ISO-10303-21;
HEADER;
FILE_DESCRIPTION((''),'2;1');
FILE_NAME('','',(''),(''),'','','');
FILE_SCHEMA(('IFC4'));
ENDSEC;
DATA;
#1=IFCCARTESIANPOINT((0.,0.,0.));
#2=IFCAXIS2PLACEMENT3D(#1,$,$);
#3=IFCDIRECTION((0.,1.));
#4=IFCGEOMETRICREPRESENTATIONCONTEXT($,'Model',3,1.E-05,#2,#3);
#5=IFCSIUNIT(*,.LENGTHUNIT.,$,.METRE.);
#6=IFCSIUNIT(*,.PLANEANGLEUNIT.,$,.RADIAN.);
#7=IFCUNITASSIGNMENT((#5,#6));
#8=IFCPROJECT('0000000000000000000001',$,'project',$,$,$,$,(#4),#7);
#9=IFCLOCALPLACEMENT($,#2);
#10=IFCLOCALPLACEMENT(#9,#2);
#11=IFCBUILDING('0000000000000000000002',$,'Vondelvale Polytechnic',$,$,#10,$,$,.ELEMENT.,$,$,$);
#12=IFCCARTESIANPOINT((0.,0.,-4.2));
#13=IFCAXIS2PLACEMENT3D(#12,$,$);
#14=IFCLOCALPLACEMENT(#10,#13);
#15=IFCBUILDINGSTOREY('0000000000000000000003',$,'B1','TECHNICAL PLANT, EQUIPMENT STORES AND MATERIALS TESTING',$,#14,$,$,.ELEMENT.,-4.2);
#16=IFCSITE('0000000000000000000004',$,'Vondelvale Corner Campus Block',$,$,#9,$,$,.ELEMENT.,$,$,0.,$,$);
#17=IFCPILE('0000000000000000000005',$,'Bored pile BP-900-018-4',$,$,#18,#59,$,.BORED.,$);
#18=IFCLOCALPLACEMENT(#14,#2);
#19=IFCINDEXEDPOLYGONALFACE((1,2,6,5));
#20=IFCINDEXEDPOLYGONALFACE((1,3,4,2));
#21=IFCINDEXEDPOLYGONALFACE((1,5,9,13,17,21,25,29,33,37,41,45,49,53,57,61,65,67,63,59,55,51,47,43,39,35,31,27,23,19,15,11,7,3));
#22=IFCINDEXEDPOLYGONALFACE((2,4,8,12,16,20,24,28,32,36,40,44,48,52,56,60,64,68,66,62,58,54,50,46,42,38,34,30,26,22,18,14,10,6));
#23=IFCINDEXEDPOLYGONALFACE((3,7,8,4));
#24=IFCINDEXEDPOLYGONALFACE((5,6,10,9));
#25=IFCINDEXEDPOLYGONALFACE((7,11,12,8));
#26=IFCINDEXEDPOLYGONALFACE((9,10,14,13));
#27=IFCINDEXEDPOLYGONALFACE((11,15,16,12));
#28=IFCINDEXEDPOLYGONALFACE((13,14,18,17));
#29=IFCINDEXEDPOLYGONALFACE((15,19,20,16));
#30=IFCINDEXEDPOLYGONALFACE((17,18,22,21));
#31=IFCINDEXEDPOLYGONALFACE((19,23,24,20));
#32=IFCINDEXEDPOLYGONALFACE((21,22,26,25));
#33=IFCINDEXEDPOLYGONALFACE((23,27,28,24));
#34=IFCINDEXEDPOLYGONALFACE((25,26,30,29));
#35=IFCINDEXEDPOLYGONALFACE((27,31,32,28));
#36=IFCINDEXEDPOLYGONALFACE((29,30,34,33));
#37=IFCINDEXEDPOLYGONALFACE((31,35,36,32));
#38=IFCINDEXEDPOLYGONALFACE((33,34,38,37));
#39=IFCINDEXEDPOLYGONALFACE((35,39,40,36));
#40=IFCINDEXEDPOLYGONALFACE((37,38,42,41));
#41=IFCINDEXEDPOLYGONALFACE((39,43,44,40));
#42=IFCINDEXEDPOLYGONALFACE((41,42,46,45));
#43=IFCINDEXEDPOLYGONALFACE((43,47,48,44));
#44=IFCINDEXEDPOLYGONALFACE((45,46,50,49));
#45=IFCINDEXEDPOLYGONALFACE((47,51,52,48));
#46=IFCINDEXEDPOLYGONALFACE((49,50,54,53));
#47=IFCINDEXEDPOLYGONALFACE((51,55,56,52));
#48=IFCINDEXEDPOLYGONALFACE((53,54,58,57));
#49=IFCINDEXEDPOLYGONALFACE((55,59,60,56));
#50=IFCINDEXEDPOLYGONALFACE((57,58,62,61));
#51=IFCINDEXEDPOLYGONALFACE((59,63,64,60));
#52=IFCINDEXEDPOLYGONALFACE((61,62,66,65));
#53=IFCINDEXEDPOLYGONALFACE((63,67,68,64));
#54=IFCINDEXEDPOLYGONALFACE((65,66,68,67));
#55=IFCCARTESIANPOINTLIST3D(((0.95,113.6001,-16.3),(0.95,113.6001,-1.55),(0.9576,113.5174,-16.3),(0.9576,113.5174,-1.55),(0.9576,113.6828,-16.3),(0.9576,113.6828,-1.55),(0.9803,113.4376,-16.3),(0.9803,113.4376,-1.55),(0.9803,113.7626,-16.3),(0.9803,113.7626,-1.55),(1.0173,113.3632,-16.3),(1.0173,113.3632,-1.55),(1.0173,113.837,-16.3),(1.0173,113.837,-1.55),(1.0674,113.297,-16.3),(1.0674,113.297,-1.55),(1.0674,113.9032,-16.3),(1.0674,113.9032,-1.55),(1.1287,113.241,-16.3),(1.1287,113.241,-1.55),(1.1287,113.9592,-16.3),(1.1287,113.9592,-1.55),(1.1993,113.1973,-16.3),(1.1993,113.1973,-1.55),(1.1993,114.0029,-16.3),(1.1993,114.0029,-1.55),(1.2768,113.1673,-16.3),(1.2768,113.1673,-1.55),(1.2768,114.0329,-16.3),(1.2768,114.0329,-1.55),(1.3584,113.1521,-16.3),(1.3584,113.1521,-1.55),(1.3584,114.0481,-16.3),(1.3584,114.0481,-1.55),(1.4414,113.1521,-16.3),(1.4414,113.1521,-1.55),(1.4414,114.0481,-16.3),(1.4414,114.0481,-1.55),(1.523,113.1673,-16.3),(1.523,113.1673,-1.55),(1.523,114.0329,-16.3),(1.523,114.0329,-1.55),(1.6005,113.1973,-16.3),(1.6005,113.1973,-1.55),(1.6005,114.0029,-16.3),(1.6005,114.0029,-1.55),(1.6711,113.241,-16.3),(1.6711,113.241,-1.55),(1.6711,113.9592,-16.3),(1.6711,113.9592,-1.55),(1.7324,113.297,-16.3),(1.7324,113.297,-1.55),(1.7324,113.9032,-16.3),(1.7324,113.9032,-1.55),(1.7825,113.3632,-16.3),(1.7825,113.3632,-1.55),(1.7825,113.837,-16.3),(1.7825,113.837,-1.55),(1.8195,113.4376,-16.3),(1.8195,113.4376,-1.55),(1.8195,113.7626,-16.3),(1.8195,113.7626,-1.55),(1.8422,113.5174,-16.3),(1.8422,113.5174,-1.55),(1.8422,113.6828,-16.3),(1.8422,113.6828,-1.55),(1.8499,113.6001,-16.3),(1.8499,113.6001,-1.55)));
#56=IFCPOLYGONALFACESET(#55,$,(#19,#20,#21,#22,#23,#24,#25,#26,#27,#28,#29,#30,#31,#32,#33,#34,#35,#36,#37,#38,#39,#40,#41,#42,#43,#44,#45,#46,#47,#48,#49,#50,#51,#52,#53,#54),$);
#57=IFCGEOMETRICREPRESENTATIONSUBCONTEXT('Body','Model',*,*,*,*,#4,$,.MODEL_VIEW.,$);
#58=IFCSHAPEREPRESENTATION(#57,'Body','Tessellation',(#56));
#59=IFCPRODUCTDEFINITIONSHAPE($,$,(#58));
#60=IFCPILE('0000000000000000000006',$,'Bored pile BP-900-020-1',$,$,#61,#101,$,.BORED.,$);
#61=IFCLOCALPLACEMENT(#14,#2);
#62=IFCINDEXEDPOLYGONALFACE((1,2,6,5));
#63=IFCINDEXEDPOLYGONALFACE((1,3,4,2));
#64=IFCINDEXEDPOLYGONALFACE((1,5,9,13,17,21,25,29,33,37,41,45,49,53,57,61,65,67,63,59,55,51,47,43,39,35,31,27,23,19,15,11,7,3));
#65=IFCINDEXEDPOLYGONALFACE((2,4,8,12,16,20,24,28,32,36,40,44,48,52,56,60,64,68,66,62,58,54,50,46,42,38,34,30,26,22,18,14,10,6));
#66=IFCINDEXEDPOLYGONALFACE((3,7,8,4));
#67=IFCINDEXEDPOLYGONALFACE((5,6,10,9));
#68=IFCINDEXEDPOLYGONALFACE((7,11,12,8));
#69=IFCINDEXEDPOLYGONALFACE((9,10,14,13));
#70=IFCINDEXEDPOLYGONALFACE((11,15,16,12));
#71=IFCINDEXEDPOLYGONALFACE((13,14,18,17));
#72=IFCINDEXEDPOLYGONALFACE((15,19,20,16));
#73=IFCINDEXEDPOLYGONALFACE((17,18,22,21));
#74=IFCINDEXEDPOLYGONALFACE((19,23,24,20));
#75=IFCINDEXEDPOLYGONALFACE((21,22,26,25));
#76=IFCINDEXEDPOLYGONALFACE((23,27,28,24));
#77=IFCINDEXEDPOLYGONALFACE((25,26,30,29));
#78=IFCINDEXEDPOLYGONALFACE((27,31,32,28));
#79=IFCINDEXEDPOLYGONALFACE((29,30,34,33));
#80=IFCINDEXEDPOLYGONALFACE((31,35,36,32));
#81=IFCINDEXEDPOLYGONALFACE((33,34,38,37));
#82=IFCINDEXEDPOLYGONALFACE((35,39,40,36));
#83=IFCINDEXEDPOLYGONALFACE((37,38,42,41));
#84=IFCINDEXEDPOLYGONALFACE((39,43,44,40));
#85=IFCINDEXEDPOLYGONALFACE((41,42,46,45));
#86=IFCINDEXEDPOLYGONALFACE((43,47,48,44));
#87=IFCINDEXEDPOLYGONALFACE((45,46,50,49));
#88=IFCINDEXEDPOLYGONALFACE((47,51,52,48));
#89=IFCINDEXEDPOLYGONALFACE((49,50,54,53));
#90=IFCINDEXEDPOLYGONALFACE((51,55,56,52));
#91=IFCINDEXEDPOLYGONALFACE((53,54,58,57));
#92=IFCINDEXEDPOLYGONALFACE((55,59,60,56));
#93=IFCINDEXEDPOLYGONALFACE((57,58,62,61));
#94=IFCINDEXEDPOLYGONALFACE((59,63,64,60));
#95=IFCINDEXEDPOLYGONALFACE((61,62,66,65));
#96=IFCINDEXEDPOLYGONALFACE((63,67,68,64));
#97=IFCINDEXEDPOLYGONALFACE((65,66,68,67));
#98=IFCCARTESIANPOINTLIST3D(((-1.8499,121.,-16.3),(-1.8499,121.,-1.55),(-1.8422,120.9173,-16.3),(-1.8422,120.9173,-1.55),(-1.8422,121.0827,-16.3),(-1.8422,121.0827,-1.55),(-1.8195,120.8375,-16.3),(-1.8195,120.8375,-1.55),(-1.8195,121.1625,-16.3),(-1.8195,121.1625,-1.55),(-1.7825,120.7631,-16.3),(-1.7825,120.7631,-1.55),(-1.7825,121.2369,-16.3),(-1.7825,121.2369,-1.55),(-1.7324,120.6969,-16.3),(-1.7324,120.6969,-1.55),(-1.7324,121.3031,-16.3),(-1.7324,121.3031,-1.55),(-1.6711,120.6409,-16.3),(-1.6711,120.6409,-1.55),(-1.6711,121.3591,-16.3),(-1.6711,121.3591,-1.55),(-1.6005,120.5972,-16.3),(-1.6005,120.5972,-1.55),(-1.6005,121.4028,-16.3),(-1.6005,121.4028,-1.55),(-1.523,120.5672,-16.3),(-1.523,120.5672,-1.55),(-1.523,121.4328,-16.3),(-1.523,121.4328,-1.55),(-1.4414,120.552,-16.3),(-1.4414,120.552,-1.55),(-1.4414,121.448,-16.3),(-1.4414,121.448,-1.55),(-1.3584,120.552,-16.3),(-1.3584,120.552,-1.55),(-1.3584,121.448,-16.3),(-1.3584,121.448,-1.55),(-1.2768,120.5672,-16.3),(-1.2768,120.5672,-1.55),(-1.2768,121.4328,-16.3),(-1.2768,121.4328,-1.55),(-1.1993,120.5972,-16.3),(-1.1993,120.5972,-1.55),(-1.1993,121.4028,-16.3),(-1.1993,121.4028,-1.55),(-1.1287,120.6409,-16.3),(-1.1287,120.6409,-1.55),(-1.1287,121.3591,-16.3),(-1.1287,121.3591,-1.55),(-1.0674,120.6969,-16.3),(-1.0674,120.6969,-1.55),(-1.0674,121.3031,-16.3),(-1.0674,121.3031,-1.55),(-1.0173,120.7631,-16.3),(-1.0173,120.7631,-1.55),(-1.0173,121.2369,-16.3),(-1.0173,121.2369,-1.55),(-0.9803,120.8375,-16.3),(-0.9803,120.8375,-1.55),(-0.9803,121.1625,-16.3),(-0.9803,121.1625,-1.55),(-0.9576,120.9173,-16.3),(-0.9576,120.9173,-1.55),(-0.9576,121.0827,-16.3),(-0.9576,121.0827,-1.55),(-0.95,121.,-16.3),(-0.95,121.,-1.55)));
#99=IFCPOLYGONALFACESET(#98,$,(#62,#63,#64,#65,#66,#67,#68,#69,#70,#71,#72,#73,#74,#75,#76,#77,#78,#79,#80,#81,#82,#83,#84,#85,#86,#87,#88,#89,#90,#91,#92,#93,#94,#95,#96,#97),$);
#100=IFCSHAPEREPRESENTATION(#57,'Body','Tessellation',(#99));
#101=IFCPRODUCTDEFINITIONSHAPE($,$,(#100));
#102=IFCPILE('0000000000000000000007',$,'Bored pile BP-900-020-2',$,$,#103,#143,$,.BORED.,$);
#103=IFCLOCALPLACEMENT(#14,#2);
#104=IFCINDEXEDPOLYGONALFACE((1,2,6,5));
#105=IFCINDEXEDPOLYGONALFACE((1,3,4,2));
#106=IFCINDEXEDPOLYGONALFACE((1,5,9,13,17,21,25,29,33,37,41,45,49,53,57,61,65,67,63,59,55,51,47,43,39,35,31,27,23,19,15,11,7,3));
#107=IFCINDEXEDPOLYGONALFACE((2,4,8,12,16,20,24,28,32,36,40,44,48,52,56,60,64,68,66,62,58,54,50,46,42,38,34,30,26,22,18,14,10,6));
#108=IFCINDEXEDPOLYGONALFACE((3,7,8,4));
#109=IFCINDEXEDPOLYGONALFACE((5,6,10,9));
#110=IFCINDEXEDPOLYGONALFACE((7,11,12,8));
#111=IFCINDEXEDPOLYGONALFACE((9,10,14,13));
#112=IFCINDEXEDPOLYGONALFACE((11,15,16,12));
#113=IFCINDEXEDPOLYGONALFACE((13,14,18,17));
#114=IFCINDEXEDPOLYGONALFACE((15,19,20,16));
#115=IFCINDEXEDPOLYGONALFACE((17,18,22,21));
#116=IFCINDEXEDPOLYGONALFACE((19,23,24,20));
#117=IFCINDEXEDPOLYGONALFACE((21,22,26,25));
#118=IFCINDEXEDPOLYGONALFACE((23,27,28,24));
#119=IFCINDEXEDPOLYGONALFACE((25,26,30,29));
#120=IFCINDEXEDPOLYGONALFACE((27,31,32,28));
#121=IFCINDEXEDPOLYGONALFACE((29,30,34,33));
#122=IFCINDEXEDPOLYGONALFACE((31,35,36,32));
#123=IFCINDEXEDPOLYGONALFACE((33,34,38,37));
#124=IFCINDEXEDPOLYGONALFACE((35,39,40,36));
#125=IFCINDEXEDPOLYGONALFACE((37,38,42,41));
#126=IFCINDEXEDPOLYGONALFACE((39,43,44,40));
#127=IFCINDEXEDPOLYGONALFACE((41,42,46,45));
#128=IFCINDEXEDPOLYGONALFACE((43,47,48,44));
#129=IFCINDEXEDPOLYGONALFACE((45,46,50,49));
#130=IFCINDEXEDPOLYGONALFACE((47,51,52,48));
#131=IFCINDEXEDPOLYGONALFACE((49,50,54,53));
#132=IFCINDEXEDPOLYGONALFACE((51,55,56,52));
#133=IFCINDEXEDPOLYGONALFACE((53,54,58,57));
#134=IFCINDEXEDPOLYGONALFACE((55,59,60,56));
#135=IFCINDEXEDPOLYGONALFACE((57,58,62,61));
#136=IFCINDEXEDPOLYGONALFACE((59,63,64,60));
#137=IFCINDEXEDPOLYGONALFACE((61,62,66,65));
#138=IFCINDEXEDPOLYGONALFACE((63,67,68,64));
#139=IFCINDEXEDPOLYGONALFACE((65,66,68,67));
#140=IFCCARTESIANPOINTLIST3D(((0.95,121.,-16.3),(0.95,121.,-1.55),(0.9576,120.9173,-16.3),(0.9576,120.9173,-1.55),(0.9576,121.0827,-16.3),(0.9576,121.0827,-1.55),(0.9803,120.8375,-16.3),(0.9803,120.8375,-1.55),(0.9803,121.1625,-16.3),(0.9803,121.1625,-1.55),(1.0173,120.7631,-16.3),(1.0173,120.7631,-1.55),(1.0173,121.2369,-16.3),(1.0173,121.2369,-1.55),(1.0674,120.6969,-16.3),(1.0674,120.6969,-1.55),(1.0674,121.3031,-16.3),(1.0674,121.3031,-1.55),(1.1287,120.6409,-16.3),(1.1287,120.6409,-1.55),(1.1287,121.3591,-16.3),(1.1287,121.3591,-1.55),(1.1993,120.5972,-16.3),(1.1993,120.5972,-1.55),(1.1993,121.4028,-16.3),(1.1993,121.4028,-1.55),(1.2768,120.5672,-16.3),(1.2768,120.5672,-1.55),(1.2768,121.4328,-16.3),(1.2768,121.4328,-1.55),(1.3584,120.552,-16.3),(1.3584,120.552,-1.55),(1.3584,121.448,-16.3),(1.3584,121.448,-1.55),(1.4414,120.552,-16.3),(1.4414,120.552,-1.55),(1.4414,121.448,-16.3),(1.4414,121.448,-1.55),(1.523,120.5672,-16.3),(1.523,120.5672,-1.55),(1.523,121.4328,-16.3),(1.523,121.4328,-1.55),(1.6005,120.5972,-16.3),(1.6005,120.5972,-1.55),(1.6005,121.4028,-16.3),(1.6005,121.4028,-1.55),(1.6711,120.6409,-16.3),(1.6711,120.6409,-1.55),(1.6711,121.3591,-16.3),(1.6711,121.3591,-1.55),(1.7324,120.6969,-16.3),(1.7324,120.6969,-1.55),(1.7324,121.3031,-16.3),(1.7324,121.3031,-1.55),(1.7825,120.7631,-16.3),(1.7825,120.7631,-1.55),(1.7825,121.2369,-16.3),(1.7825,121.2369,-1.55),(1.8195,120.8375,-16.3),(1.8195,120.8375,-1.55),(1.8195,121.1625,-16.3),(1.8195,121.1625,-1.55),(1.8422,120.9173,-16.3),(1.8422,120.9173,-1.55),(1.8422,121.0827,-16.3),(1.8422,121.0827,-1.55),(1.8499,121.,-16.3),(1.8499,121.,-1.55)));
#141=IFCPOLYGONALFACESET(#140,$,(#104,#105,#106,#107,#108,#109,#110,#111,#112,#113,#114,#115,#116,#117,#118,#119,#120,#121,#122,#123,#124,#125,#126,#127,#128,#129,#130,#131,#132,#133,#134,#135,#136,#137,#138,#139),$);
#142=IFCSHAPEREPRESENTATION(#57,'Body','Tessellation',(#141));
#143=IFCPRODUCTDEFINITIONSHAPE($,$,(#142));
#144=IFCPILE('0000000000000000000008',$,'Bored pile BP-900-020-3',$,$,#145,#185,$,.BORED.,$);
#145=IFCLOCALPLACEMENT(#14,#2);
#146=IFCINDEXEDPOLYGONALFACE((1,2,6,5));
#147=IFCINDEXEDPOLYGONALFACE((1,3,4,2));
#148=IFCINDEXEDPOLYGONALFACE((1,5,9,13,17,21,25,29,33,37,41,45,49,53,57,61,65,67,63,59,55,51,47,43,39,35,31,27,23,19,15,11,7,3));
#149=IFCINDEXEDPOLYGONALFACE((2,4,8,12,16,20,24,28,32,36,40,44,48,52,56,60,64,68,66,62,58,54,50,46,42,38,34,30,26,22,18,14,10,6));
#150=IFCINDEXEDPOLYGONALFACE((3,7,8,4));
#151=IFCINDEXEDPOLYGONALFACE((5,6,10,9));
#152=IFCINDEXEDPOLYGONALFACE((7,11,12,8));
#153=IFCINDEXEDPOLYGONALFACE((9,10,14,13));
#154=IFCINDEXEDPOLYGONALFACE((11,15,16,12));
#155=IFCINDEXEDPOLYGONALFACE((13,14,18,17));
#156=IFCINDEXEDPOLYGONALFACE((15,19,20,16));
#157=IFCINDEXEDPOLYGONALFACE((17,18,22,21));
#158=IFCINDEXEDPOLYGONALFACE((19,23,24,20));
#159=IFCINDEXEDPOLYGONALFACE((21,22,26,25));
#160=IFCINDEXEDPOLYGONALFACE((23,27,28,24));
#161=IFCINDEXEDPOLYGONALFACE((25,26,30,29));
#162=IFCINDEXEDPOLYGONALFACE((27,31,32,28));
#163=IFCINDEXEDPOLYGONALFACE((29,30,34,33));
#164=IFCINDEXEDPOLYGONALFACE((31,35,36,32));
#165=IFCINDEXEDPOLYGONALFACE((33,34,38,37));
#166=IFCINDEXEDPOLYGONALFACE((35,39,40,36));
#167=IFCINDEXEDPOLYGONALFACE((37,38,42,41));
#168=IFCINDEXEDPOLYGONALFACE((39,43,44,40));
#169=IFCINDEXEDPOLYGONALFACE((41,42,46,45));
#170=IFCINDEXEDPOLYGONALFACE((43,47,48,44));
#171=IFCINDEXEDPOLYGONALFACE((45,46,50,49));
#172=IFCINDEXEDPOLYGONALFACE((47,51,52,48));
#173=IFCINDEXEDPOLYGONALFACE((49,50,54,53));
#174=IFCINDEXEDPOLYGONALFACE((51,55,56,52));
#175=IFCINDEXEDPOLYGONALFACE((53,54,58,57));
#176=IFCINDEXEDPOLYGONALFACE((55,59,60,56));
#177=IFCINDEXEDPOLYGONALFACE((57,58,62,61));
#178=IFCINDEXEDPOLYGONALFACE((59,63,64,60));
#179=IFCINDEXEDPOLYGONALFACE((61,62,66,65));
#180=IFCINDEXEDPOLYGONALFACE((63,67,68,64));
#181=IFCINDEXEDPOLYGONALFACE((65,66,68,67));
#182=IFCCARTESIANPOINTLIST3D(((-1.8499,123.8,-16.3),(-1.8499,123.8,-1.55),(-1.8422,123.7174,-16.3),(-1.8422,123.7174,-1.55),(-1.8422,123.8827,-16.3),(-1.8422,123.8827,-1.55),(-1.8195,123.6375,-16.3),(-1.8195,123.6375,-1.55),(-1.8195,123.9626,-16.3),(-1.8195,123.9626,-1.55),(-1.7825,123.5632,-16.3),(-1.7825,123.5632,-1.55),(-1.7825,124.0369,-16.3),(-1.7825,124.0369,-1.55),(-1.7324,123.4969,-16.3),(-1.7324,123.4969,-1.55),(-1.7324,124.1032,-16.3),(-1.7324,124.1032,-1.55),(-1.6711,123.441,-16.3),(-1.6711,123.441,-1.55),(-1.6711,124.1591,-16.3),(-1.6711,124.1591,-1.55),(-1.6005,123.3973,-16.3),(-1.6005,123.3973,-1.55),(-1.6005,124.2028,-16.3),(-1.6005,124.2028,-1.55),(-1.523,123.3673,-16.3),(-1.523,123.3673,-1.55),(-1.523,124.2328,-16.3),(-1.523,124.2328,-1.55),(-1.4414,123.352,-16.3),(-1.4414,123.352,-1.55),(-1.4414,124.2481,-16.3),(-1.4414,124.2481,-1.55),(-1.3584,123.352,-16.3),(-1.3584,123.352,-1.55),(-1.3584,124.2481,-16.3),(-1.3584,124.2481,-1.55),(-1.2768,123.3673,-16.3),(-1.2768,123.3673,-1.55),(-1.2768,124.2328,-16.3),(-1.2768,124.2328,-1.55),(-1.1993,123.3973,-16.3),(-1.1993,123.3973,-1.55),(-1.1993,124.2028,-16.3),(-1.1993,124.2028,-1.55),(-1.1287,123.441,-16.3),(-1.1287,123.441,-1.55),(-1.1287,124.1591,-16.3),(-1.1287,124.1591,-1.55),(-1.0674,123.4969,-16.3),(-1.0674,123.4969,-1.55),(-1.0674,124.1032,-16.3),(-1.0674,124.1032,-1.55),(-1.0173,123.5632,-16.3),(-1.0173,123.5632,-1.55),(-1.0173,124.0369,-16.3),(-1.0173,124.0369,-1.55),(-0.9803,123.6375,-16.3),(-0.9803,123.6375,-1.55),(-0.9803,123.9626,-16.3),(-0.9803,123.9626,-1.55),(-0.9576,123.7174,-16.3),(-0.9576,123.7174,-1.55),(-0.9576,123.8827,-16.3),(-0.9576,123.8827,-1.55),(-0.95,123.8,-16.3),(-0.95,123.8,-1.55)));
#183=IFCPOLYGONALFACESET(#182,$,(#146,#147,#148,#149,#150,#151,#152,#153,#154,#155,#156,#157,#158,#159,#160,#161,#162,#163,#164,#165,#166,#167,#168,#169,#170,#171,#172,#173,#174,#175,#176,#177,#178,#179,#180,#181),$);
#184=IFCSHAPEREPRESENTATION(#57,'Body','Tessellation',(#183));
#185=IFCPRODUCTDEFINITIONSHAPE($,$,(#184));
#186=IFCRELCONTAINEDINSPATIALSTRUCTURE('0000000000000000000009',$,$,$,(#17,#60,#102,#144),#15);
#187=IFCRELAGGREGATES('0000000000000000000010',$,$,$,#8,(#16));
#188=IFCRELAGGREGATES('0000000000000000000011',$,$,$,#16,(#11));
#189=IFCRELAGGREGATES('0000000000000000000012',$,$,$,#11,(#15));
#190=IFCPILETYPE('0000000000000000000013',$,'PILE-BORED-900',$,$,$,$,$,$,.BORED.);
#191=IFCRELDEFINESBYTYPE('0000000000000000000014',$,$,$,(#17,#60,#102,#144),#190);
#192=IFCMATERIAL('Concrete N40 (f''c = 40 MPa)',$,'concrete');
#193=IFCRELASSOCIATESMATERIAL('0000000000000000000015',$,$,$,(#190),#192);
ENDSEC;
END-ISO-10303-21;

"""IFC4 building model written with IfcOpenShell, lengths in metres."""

from ifc_helpers import new_model, si_unit, direction, frame, origin, origin_2d, place, context, subcontext, project, spatial, circle, extrude, material, material_profile, profile_set, type_object, element, save


model = new_model("IFC4")

# Units and contexts
model_context = context("Model", 3, precision=1e-05, world=origin(), true_north=direction((0.0, 1.0)))
body_context = subcontext(model_context, "Body", "Model", "MODEL_VIEW")
ifc_project = project(units=[si_unit("LENGTHUNIT", "METRE"), si_unit("PLANEANGLEUNIT", "RADIAN")], contexts=[model_context])

# Site, building, storey
site_placement = place(None, origin())
site = spatial("IfcSite", under=ifc_project, at=site_placement, Name="Vondelvale Corner Campus Block", CompositionType="ELEMENT", RefElevation=0.0)
building_placement = place(site_placement, origin())
building = spatial("IfcBuilding", under=site, at=building_placement, Name="Vondelvale Polytechnic", CompositionType="ELEMENT")
storey_placement = place(building_placement, frame((0.0, 0.0, -4.2)))
storey = spatial("IfcBuildingStorey", under=building, at=storey_placement, Name="B1", Description="TECHNICAL PLANT, EQUIPMENT STORES AND MATERIALS TESTING", CompositionType="ELEMENT", Elevation=-4.2)

# Shared definitions
ifc_material_1 = material(Name="Concrete N40 (f'c = 40 MPa)", Category="concrete")

# Piles
ifc_material_profile_1 = material_profile(ifc_material_1, circle(Radius=0.45, at=origin_2d()), Name="PILE-D900")
ifc_profile_set_1 = profile_set([ifc_material_profile_1], Name="Concrete N40 (f'c = 40 MPa)")
pile_type_1 = type_object("IfcPileType", Name="PILE-BORED-900", PredefinedType="BORED", material=ifc_profile_set_1)
for number, where, z_axis, x_axis, name in (
    (1, (1.3999, 113.6001, -1.55), (0.0, 0.0, -1.0), (1.0, 0.0, 0.0), "Bored pile BP-900-018-4"),
    (2, (-1.3999, 121.0, -1.55), (0.0, 0.0, -1.0), (1.0, 0.0, 0.0), "Bored pile BP-900-020-1"),
    (3, (1.3999, 121.0, -1.55), (0.0, 0.0, -1.0), (1.0, 0.0, 0.0), "Bored pile BP-900-020-2"),
    (4, (-1.3999, 123.8, -1.55), (0.0, 0.0, -1.0), (1.0, 0.0, 0.0), "Bored pile BP-900-020-3"),
):
    element("IfcPile", number, at=place(storey_placement, frame(where, z_axis=z_axis, x_axis=x_axis)), inside=storey, type_object=pile_type_1, Name=name, PredefinedType="BORED", context=body_context, shape_type="SweptSolid", body=[
        extrude(circle(Radius=0.45, at=origin_2d()), origin(), (0.0, 0.0, 1.0), 14.75),
    ])

save(model, "model.ifc")
